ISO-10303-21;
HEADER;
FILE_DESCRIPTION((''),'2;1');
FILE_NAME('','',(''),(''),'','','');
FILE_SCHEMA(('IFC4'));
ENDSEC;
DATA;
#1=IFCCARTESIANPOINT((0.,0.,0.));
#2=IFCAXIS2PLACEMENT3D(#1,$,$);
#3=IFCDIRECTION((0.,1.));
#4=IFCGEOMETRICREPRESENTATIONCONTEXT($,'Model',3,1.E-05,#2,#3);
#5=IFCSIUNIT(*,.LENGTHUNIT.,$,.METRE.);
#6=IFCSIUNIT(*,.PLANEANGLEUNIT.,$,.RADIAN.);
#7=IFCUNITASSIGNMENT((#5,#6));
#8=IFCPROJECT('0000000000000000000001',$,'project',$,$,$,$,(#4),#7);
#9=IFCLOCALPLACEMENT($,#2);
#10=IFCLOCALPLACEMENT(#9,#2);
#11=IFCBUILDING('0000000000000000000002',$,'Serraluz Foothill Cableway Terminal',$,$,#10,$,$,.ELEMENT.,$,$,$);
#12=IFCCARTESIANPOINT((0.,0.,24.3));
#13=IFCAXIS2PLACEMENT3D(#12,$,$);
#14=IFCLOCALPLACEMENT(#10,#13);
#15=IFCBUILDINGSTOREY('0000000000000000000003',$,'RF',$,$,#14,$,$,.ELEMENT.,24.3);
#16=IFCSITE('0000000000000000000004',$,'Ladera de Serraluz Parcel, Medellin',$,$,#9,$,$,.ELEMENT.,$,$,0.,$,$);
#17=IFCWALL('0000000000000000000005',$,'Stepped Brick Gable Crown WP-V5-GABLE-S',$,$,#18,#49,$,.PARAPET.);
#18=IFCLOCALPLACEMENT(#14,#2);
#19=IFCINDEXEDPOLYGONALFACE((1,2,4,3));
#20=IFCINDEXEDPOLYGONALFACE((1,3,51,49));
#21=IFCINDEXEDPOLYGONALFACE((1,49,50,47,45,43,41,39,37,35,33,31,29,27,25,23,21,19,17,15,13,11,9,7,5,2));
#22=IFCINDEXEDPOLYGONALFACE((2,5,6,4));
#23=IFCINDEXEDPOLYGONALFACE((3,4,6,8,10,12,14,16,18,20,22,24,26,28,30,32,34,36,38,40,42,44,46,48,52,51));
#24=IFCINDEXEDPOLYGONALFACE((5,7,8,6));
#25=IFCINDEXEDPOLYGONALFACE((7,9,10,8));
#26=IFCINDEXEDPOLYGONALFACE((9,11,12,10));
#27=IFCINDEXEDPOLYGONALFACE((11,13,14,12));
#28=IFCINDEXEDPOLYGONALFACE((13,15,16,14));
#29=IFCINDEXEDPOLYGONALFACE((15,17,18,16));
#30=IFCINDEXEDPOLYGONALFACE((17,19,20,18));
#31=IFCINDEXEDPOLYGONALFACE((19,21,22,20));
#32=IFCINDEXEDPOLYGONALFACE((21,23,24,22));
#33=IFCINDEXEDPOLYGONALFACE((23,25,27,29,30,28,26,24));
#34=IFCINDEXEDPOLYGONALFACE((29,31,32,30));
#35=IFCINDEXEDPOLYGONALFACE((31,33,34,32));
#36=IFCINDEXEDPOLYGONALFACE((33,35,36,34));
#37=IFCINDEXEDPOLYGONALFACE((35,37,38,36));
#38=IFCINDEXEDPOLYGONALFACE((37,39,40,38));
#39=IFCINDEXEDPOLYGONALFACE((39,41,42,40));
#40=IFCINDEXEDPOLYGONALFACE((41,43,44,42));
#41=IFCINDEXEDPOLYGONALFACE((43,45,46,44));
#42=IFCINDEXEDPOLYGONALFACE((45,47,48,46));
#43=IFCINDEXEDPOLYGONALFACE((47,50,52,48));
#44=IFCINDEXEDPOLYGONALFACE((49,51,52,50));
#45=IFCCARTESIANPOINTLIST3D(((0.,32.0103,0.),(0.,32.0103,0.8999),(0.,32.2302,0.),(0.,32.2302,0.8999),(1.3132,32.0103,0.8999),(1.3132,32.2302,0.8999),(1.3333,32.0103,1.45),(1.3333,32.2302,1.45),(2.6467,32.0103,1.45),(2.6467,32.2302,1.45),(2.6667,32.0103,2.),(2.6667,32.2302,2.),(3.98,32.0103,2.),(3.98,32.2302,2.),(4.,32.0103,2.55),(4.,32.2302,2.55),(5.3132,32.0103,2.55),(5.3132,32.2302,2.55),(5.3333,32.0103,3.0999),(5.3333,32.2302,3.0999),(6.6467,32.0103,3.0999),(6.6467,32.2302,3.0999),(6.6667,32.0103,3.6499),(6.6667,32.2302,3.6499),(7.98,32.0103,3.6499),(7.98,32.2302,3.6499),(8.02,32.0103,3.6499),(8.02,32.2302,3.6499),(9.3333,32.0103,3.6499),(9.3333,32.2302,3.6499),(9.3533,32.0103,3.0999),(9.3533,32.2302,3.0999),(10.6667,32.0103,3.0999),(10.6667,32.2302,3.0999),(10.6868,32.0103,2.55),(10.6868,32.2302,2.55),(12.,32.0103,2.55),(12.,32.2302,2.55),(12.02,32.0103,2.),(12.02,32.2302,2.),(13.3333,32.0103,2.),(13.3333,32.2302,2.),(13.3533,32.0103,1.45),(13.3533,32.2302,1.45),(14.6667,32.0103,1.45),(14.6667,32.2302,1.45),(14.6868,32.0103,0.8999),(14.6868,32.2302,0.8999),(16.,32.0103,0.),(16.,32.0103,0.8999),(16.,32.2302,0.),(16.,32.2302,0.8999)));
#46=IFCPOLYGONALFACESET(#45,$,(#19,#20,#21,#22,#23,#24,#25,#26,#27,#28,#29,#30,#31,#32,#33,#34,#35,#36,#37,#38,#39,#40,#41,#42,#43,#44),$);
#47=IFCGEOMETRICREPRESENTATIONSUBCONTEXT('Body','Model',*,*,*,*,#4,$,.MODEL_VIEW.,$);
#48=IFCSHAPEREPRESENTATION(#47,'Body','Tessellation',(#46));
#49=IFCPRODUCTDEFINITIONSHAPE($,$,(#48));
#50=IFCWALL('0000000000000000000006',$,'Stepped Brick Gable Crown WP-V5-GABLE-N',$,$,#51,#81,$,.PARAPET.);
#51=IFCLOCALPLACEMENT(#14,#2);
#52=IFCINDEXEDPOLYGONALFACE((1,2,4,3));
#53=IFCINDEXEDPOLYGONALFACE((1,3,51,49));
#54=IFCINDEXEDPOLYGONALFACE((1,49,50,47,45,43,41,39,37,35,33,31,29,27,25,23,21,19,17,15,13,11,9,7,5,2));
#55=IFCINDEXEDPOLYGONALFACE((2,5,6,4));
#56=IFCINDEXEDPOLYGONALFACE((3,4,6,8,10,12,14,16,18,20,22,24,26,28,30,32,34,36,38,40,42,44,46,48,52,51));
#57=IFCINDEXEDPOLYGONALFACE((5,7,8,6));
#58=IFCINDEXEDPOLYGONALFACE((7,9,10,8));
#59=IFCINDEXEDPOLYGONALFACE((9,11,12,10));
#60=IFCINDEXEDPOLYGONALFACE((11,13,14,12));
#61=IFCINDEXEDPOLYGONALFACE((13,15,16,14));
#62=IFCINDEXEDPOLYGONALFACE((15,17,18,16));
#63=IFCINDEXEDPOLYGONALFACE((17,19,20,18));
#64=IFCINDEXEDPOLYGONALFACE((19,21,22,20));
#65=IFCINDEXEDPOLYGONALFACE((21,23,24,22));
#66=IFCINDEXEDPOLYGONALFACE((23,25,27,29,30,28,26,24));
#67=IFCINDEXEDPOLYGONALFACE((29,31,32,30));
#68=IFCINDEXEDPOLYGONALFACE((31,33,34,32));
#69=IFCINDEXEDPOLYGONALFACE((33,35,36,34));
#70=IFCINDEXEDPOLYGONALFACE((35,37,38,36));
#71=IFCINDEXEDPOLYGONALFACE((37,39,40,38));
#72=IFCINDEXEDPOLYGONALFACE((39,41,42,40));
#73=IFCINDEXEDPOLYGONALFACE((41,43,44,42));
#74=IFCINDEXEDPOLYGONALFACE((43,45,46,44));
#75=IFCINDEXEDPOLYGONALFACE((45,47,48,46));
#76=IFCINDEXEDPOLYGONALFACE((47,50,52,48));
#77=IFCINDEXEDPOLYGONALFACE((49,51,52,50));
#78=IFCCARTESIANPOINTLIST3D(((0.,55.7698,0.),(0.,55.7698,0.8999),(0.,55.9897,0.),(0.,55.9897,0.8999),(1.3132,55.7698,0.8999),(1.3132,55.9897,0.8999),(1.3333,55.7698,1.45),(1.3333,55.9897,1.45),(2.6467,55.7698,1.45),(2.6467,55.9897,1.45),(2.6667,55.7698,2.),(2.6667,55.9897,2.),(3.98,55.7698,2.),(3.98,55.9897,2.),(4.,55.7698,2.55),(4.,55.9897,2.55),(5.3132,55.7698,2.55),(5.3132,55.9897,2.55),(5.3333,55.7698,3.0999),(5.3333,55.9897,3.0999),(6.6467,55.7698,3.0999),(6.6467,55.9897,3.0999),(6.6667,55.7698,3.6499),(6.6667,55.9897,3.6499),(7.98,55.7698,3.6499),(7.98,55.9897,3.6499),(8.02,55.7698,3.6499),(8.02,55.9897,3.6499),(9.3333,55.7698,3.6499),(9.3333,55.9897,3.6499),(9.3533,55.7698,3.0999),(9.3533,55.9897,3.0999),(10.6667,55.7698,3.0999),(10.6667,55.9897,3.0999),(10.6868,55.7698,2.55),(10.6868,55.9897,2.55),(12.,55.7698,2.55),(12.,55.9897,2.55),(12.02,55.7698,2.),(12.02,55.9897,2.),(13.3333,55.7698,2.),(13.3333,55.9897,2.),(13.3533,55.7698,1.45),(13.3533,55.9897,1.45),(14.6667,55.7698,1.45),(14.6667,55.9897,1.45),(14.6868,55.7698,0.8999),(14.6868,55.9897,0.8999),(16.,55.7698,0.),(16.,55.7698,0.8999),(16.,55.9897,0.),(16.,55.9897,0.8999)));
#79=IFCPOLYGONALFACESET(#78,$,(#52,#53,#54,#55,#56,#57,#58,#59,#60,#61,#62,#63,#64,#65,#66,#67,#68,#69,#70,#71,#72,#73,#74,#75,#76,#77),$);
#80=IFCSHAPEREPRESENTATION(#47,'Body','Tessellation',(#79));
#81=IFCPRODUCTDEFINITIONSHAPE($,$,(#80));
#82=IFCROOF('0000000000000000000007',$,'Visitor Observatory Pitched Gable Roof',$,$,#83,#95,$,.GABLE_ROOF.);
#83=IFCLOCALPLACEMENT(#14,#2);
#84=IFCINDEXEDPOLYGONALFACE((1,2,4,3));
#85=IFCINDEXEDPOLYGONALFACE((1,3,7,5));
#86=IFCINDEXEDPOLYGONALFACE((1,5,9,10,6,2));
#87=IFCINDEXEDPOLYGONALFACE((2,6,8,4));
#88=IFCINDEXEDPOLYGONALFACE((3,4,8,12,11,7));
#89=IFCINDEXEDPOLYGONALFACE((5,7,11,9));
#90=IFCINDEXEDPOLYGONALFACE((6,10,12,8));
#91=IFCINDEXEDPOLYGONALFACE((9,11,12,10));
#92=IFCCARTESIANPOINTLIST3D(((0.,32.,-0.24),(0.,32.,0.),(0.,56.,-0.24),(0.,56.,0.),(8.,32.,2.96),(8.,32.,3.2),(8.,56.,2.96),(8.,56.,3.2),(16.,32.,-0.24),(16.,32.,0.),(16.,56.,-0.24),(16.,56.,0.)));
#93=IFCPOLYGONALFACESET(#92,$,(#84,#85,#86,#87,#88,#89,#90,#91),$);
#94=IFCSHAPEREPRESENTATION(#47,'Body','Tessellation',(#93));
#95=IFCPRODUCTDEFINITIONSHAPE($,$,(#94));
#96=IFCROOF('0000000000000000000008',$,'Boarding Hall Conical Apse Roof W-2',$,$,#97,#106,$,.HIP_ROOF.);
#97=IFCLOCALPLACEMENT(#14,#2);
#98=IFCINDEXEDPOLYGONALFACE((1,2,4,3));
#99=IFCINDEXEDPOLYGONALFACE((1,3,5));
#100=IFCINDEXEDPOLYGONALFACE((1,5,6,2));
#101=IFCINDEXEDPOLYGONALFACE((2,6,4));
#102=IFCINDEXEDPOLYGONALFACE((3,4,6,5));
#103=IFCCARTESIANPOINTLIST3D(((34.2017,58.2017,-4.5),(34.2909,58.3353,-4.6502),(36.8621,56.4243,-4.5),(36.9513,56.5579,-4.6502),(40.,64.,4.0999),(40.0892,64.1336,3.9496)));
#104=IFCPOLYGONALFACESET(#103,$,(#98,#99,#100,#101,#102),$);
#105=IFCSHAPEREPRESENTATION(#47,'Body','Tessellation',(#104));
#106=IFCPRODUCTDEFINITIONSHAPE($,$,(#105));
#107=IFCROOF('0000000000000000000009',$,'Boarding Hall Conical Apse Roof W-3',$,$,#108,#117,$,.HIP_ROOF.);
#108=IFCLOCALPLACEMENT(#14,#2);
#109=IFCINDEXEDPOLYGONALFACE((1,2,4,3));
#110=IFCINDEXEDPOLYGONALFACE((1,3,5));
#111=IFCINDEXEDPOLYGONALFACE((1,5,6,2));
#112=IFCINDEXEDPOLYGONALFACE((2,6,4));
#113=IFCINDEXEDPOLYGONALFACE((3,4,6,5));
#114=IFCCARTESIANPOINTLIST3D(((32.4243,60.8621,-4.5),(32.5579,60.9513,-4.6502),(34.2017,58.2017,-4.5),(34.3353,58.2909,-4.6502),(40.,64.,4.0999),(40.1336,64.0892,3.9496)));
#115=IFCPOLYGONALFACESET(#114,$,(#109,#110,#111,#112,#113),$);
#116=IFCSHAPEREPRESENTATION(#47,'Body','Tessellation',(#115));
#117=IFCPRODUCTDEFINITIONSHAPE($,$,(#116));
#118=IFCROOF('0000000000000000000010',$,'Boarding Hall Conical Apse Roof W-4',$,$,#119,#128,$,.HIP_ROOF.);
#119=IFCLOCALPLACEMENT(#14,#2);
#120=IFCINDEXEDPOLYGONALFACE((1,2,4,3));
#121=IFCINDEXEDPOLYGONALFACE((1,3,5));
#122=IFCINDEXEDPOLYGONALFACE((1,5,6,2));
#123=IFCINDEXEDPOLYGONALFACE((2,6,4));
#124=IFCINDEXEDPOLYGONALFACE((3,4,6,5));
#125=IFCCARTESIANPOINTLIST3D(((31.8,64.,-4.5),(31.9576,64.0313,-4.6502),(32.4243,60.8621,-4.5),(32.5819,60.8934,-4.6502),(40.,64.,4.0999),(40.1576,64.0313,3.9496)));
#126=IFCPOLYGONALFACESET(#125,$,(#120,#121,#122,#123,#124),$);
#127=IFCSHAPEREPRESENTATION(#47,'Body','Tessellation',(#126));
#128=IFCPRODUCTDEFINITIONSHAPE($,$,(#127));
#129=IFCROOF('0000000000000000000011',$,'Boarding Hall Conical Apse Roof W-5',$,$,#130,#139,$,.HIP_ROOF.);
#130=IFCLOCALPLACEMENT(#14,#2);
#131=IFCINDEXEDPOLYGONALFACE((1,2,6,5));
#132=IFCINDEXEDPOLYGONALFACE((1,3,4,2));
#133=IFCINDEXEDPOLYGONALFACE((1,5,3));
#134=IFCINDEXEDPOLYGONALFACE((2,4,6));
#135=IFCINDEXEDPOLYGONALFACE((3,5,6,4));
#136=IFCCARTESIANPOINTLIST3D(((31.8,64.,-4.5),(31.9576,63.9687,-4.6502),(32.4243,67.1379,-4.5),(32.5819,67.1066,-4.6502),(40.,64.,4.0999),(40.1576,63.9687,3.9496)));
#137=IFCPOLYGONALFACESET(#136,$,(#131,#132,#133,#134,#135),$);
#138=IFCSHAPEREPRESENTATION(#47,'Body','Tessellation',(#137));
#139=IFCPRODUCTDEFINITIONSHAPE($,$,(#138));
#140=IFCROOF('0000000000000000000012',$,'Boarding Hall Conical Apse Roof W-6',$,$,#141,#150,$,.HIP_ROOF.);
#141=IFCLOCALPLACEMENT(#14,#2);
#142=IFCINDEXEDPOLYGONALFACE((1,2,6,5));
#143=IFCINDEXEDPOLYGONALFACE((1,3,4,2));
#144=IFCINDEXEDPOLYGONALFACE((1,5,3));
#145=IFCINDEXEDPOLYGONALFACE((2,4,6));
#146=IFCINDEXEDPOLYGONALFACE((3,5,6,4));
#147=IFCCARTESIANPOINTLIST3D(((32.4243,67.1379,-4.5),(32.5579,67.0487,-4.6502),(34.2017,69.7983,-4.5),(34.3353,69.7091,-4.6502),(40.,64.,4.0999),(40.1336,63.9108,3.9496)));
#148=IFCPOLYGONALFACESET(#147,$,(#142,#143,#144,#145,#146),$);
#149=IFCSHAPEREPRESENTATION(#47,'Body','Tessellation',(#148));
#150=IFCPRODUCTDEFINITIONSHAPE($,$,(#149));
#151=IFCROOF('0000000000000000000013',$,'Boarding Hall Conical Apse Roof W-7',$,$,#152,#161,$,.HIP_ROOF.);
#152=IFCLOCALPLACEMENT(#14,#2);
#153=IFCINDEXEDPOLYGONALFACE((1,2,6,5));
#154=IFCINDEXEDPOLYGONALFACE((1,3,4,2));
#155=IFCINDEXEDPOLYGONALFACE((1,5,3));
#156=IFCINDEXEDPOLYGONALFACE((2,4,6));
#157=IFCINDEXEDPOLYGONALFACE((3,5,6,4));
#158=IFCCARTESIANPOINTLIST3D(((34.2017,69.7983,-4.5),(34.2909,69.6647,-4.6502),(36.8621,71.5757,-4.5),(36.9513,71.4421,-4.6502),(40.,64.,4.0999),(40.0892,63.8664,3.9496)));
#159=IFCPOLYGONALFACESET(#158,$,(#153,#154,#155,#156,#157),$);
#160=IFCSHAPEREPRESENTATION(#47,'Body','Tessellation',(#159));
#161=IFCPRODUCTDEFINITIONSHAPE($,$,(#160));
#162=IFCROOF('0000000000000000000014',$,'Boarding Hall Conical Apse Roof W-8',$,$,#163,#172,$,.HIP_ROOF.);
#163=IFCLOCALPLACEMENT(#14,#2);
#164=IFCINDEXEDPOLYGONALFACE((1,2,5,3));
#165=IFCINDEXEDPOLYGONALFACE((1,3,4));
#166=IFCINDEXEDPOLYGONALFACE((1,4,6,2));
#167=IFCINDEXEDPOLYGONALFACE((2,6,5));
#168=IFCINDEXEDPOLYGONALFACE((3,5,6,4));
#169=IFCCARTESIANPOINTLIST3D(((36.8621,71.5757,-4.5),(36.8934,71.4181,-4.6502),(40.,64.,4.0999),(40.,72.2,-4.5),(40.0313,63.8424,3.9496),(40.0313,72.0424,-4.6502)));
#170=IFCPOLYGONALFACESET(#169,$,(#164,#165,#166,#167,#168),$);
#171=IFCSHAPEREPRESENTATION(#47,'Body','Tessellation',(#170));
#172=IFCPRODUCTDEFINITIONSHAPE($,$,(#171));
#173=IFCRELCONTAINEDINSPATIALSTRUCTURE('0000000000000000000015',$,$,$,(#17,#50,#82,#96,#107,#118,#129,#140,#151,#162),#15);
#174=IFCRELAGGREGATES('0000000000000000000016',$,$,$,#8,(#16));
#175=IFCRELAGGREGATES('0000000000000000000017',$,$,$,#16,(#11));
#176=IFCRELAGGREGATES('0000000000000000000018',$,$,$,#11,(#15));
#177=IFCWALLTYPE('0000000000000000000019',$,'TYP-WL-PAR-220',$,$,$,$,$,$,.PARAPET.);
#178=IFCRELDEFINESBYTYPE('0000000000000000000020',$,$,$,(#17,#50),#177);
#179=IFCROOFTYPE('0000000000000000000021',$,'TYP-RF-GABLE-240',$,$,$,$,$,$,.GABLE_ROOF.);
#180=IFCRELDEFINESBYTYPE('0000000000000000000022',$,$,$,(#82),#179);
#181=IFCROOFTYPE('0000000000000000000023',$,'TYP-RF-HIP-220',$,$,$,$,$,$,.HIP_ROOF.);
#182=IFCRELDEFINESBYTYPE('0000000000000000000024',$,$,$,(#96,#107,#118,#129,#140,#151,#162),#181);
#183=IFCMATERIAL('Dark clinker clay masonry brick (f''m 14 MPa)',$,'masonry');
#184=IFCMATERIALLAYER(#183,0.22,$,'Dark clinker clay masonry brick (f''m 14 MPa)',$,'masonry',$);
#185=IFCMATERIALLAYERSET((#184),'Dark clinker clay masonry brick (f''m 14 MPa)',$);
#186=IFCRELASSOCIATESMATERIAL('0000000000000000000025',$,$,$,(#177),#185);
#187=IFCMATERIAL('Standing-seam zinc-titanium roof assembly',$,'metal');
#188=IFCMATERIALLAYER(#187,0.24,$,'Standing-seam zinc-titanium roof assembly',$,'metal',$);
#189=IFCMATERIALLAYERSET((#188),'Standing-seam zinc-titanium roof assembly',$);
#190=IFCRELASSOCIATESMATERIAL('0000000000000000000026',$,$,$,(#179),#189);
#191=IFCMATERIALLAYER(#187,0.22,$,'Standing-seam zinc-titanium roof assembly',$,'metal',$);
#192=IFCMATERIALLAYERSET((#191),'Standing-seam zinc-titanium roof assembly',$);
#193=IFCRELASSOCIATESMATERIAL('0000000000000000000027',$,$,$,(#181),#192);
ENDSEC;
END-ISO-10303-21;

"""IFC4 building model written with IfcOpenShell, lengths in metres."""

from ifc_helpers import new_model, si_unit, direction, frame, origin, place, context, subcontext, project, spatial, polyline, outline, extrude, material, layer, layer_set, type_object, element, save


model = new_model("IFC4")

# Units and contexts
model_context = context("Model", 3, precision=1e-05, world=origin(), true_north=direction((0.0, 1.0)))
body_context = subcontext(model_context, "Body", "Model", "MODEL_VIEW")
ifc_project = project(units=[si_unit("LENGTHUNIT", "METRE"), si_unit("PLANEANGLEUNIT", "RADIAN")], contexts=[model_context])

# Site, building, storey
site_placement = place(None, origin())
site = spatial("IfcSite", under=ifc_project, at=site_placement, Name="Ladera de Serraluz Parcel, Medellin", CompositionType="ELEMENT", RefElevation=0.0)
building_placement = place(site_placement, origin())
building = spatial("IfcBuilding", under=site, at=building_placement, Name="Serraluz Foothill Cableway Terminal", CompositionType="ELEMENT")
storey_placement = place(building_placement, frame((0.0, 0.0, 24.3)))
storey = spatial("IfcBuildingStorey", under=building, at=storey_placement, Name="RF", CompositionType="ELEMENT", Elevation=24.3)

# Walls
ifc_material_1 = material(Name="Dark clinker clay masonry brick (f'm 14 MPa)", Category="masonry")
ifc_layer_1 = layer(ifc_material_1, 0.22, Name="Dark clinker clay masonry brick (f'm 14 MPa)", Category="masonry")
ifc_layer_set_1 = layer_set([ifc_layer_1], Name="Dark clinker clay masonry brick (f'm 14 MPa)")
wall_type = type_object("IfcWallType", Name="TYP-WL-PAR-220", PredefinedType="PARAPET", material=ifc_layer_set_1)
for number, where, z_axis, x_axis, name in (
    (1, (16.0, 32.1201, 0.0), (0.0, 0.0, 1.0), (-1.0, 0.0, 0.0), "Stepped Brick Gable Crown WP-V5-GABLE-S"),
    (2, (0.0, 55.8799, 0.0), (0.0, 0.0, 1.0), (1.0, 0.0, 0.0), "Stepped Brick Gable Crown WP-V5-GABLE-N"),
):
    element("IfcWall", number, at=place(storey_placement, frame(where, z_axis=z_axis, x_axis=x_axis)), inside=storey, type_object=wall_type, Name=name, PredefinedType="PARAPET", context=body_context, shape_type="SweptSolid", body=[
        extrude(outline(polyline([(0.0, 0.0), (16.0, 0.0), (16.0, 0.8999), (14.6868, 0.8999), (14.6667, 1.45), (13.3533, 1.45), (13.3333, 2.0), (12.02, 2.0), (12.0, 2.55), (10.6868, 2.55), (10.6667, 3.0999), (9.3533, 3.0999), (9.3333, 3.6499), (8.02, 3.6499), (7.98, 3.6499), (6.6667, 3.6499), (6.6467, 3.0999), (5.3333, 3.0999), (5.3132, 2.55), (4.0, 2.55), (3.98, 2.0), (2.6667, 2.0), (2.6467, 1.45), (1.3333, 1.45), (1.3132, 0.8999), (0.0, 0.8999), (0.0, 0.0)])), frame((0.0, 0.1099, 0.0), z_axis=(0.0, -1.0, 0.0), x_axis=(1.0, 0.0, 0.0)), (0.0, 0.0, 1.0), 0.22),
    ])

# Roofs
ifc_material_2 = material(Name="Standing-seam zinc-titanium roof assembly", Category="metal")
ifc_layer_2 = layer(ifc_material_2, 0.24, Name="Standing-seam zinc-titanium roof assembly", Category="metal")
ifc_layer_set_2 = layer_set([ifc_layer_2], Name="Standing-seam zinc-titanium roof assembly")
roof_type_1 = type_object("IfcRoofType", Name="TYP-RF-GABLE-240", PredefinedType="GABLE_ROOF", material=ifc_layer_set_2)
roof_1_placement = place(storey_placement, frame((0.0, 32.0, 0.0)))
element("IfcRoof", 3, at=roof_1_placement, inside=storey, type_object=roof_type_1, Name="Visitor Observatory Pitched Gable Roof", PredefinedType="GABLE_ROOF", context=body_context, shape_type="SweptSolid", body=[
    extrude(outline(polyline([(0.0, 0.0), (8.0, 3.2), (16.0, 0.0), (16.0, -0.24), (8.0, 2.96), (0.0, -0.24), (0.0, 0.0)])), frame((0.0, 24.0, 0.0), z_axis=(0.0, -1.0, 0.0), x_axis=(1.0, 0.0, 0.0)), (0.0, 0.0, 1.0), 24.0),
])
ifc_layer_3 = layer(ifc_material_2, 0.22, Name="Standing-seam zinc-titanium roof assembly", Category="metal")
ifc_layer_set_3 = layer_set([ifc_layer_3], Name="Standing-seam zinc-titanium roof assembly")
roof_type_2 = type_object("IfcRoofType", Name="TYP-RF-HIP-220", PredefinedType="HIP_ROOF", material=ifc_layer_set_3)
roof_2_placement = place(storey_placement, frame((36.8621, 56.4243, -4.5), z_axis=(-0.405735, -0.60732, 0.683039), x_axis=(-0.83151, 0.55551, 0.0)))
element("IfcRoof", 4, at=roof_2_placement, inside=storey, type_object=roof_type_2, Name="Boarding Hall Conical Apse Roof W-2", PredefinedType="HIP_ROOF", context=body_context, shape_type="SweptSolid", body=[
    extrude(outline(polyline([(0.0, 0.0), (3.1995, 0.0), (1.5991, -11.7745), (0.0, 0.0)])), origin(), (0.0, 0.0, -1.0), 0.22),
])
roof_3_placement = place(storey_placement, frame((34.2017, 58.2017, -4.5), z_axis=(-0.60732, -0.405735, 0.683039), x_axis=(-0.55551, 0.83151, 0.0)))
element("IfcRoof", 5, at=roof_3_placement, inside=storey, type_object=roof_type_2, Name="Boarding Hall Conical Apse Roof W-3", PredefinedType="HIP_ROOF", context=body_context, shape_type="SweptSolid", body=[
    extrude(outline(polyline([(0.0, 0.0), (3.1995, 0.0), (1.6003, -11.7745), (0.0, 0.0)])), origin(), (0.0, 0.0, -1.0), 0.22),
])
roof_4_placement = place(storey_placement, frame((32.4243, 60.8621, -4.5), z_axis=(-0.716347, -0.142511, 0.683036), x_axis=(-0.195118, 0.98078, 0.0)))
element("IfcRoof", 6, at=roof_4_placement, inside=storey, type_object=roof_type_2, Name="Boarding Hall Conical Apse Roof W-4", PredefinedType="HIP_ROOF", context=body_context, shape_type="SweptSolid", body=[
    extrude(outline(polyline([(0.0, 0.0), (3.1994, 0.0), (1.5995, -11.7744), (0.0, 0.0)])), origin(), (0.0, 0.0, -1.0), 0.22),
])
roof_5_placement = place(storey_placement, frame((31.8, 64.0, -4.5), z_axis=(-0.716347, 0.142511, 0.683036), x_axis=(0.195118, 0.98078, 0.0)))
element("IfcRoof", 7, at=roof_5_placement, inside=storey, type_object=roof_type_2, Name="Boarding Hall Conical Apse Roof W-5", PredefinedType="HIP_ROOF", context=body_context, shape_type="SweptSolid", body=[
    extrude(outline(polyline([(0.0, 0.0), (3.1994, 0.0), (1.6, -11.7744), (0.0, 0.0)])), origin(), (0.0, 0.0, -1.0), 0.22),
])
roof_6_placement = place(storey_placement, frame((32.4243, 67.1379, -4.5), z_axis=(-0.60732, 0.405735, 0.683039), x_axis=(0.55551, 0.83151, 0.0)))
element("IfcRoof", 8, at=roof_6_placement, inside=storey, type_object=roof_type_2, Name="Boarding Hall Conical Apse Roof W-6", PredefinedType="HIP_ROOF", context=body_context, shape_type="SweptSolid", body=[
    extrude(outline(polyline([(0.0, 0.0), (3.1995, 0.0), (1.5991, -11.7745), (0.0, 0.0)])), origin(), (0.0, 0.0, -1.0), 0.22),
])
roof_7_placement = place(storey_placement, frame((34.2017, 69.7983, -4.5), z_axis=(-0.405735, 0.60732, 0.683039), x_axis=(0.83151, 0.55551, 0.0)))
element("IfcRoof", 9, at=roof_7_placement, inside=storey, type_object=roof_type_2, Name="Boarding Hall Conical Apse Roof W-7", PredefinedType="HIP_ROOF", context=body_context, shape_type="SweptSolid", body=[
    extrude(outline(polyline([(0.0, 0.0), (3.1995, 0.0), (1.6003, -11.7745), (0.0, 0.0)])), origin(), (0.0, 0.0, -1.0), 0.22),
])
roof_8_placement = place(storey_placement, frame((36.8621, 71.5757, -4.5), z_axis=(-0.142511, 0.716347, 0.683036), x_axis=(0.98078, 0.195118, 0.0)))
element("IfcRoof", 10, at=roof_8_placement, inside=storey, type_object=roof_type_2, Name="Boarding Hall Conical Apse Roof W-8", PredefinedType="HIP_ROOF", context=body_context, shape_type="SweptSolid", body=[
    extrude(outline(polyline([(0.0, 0.0), (3.1994, 0.0), (1.5995, -11.7744), (0.0, 0.0)])), origin(), (0.0, 0.0, -1.0), 0.22),
])

save(model, "model.ifc")
